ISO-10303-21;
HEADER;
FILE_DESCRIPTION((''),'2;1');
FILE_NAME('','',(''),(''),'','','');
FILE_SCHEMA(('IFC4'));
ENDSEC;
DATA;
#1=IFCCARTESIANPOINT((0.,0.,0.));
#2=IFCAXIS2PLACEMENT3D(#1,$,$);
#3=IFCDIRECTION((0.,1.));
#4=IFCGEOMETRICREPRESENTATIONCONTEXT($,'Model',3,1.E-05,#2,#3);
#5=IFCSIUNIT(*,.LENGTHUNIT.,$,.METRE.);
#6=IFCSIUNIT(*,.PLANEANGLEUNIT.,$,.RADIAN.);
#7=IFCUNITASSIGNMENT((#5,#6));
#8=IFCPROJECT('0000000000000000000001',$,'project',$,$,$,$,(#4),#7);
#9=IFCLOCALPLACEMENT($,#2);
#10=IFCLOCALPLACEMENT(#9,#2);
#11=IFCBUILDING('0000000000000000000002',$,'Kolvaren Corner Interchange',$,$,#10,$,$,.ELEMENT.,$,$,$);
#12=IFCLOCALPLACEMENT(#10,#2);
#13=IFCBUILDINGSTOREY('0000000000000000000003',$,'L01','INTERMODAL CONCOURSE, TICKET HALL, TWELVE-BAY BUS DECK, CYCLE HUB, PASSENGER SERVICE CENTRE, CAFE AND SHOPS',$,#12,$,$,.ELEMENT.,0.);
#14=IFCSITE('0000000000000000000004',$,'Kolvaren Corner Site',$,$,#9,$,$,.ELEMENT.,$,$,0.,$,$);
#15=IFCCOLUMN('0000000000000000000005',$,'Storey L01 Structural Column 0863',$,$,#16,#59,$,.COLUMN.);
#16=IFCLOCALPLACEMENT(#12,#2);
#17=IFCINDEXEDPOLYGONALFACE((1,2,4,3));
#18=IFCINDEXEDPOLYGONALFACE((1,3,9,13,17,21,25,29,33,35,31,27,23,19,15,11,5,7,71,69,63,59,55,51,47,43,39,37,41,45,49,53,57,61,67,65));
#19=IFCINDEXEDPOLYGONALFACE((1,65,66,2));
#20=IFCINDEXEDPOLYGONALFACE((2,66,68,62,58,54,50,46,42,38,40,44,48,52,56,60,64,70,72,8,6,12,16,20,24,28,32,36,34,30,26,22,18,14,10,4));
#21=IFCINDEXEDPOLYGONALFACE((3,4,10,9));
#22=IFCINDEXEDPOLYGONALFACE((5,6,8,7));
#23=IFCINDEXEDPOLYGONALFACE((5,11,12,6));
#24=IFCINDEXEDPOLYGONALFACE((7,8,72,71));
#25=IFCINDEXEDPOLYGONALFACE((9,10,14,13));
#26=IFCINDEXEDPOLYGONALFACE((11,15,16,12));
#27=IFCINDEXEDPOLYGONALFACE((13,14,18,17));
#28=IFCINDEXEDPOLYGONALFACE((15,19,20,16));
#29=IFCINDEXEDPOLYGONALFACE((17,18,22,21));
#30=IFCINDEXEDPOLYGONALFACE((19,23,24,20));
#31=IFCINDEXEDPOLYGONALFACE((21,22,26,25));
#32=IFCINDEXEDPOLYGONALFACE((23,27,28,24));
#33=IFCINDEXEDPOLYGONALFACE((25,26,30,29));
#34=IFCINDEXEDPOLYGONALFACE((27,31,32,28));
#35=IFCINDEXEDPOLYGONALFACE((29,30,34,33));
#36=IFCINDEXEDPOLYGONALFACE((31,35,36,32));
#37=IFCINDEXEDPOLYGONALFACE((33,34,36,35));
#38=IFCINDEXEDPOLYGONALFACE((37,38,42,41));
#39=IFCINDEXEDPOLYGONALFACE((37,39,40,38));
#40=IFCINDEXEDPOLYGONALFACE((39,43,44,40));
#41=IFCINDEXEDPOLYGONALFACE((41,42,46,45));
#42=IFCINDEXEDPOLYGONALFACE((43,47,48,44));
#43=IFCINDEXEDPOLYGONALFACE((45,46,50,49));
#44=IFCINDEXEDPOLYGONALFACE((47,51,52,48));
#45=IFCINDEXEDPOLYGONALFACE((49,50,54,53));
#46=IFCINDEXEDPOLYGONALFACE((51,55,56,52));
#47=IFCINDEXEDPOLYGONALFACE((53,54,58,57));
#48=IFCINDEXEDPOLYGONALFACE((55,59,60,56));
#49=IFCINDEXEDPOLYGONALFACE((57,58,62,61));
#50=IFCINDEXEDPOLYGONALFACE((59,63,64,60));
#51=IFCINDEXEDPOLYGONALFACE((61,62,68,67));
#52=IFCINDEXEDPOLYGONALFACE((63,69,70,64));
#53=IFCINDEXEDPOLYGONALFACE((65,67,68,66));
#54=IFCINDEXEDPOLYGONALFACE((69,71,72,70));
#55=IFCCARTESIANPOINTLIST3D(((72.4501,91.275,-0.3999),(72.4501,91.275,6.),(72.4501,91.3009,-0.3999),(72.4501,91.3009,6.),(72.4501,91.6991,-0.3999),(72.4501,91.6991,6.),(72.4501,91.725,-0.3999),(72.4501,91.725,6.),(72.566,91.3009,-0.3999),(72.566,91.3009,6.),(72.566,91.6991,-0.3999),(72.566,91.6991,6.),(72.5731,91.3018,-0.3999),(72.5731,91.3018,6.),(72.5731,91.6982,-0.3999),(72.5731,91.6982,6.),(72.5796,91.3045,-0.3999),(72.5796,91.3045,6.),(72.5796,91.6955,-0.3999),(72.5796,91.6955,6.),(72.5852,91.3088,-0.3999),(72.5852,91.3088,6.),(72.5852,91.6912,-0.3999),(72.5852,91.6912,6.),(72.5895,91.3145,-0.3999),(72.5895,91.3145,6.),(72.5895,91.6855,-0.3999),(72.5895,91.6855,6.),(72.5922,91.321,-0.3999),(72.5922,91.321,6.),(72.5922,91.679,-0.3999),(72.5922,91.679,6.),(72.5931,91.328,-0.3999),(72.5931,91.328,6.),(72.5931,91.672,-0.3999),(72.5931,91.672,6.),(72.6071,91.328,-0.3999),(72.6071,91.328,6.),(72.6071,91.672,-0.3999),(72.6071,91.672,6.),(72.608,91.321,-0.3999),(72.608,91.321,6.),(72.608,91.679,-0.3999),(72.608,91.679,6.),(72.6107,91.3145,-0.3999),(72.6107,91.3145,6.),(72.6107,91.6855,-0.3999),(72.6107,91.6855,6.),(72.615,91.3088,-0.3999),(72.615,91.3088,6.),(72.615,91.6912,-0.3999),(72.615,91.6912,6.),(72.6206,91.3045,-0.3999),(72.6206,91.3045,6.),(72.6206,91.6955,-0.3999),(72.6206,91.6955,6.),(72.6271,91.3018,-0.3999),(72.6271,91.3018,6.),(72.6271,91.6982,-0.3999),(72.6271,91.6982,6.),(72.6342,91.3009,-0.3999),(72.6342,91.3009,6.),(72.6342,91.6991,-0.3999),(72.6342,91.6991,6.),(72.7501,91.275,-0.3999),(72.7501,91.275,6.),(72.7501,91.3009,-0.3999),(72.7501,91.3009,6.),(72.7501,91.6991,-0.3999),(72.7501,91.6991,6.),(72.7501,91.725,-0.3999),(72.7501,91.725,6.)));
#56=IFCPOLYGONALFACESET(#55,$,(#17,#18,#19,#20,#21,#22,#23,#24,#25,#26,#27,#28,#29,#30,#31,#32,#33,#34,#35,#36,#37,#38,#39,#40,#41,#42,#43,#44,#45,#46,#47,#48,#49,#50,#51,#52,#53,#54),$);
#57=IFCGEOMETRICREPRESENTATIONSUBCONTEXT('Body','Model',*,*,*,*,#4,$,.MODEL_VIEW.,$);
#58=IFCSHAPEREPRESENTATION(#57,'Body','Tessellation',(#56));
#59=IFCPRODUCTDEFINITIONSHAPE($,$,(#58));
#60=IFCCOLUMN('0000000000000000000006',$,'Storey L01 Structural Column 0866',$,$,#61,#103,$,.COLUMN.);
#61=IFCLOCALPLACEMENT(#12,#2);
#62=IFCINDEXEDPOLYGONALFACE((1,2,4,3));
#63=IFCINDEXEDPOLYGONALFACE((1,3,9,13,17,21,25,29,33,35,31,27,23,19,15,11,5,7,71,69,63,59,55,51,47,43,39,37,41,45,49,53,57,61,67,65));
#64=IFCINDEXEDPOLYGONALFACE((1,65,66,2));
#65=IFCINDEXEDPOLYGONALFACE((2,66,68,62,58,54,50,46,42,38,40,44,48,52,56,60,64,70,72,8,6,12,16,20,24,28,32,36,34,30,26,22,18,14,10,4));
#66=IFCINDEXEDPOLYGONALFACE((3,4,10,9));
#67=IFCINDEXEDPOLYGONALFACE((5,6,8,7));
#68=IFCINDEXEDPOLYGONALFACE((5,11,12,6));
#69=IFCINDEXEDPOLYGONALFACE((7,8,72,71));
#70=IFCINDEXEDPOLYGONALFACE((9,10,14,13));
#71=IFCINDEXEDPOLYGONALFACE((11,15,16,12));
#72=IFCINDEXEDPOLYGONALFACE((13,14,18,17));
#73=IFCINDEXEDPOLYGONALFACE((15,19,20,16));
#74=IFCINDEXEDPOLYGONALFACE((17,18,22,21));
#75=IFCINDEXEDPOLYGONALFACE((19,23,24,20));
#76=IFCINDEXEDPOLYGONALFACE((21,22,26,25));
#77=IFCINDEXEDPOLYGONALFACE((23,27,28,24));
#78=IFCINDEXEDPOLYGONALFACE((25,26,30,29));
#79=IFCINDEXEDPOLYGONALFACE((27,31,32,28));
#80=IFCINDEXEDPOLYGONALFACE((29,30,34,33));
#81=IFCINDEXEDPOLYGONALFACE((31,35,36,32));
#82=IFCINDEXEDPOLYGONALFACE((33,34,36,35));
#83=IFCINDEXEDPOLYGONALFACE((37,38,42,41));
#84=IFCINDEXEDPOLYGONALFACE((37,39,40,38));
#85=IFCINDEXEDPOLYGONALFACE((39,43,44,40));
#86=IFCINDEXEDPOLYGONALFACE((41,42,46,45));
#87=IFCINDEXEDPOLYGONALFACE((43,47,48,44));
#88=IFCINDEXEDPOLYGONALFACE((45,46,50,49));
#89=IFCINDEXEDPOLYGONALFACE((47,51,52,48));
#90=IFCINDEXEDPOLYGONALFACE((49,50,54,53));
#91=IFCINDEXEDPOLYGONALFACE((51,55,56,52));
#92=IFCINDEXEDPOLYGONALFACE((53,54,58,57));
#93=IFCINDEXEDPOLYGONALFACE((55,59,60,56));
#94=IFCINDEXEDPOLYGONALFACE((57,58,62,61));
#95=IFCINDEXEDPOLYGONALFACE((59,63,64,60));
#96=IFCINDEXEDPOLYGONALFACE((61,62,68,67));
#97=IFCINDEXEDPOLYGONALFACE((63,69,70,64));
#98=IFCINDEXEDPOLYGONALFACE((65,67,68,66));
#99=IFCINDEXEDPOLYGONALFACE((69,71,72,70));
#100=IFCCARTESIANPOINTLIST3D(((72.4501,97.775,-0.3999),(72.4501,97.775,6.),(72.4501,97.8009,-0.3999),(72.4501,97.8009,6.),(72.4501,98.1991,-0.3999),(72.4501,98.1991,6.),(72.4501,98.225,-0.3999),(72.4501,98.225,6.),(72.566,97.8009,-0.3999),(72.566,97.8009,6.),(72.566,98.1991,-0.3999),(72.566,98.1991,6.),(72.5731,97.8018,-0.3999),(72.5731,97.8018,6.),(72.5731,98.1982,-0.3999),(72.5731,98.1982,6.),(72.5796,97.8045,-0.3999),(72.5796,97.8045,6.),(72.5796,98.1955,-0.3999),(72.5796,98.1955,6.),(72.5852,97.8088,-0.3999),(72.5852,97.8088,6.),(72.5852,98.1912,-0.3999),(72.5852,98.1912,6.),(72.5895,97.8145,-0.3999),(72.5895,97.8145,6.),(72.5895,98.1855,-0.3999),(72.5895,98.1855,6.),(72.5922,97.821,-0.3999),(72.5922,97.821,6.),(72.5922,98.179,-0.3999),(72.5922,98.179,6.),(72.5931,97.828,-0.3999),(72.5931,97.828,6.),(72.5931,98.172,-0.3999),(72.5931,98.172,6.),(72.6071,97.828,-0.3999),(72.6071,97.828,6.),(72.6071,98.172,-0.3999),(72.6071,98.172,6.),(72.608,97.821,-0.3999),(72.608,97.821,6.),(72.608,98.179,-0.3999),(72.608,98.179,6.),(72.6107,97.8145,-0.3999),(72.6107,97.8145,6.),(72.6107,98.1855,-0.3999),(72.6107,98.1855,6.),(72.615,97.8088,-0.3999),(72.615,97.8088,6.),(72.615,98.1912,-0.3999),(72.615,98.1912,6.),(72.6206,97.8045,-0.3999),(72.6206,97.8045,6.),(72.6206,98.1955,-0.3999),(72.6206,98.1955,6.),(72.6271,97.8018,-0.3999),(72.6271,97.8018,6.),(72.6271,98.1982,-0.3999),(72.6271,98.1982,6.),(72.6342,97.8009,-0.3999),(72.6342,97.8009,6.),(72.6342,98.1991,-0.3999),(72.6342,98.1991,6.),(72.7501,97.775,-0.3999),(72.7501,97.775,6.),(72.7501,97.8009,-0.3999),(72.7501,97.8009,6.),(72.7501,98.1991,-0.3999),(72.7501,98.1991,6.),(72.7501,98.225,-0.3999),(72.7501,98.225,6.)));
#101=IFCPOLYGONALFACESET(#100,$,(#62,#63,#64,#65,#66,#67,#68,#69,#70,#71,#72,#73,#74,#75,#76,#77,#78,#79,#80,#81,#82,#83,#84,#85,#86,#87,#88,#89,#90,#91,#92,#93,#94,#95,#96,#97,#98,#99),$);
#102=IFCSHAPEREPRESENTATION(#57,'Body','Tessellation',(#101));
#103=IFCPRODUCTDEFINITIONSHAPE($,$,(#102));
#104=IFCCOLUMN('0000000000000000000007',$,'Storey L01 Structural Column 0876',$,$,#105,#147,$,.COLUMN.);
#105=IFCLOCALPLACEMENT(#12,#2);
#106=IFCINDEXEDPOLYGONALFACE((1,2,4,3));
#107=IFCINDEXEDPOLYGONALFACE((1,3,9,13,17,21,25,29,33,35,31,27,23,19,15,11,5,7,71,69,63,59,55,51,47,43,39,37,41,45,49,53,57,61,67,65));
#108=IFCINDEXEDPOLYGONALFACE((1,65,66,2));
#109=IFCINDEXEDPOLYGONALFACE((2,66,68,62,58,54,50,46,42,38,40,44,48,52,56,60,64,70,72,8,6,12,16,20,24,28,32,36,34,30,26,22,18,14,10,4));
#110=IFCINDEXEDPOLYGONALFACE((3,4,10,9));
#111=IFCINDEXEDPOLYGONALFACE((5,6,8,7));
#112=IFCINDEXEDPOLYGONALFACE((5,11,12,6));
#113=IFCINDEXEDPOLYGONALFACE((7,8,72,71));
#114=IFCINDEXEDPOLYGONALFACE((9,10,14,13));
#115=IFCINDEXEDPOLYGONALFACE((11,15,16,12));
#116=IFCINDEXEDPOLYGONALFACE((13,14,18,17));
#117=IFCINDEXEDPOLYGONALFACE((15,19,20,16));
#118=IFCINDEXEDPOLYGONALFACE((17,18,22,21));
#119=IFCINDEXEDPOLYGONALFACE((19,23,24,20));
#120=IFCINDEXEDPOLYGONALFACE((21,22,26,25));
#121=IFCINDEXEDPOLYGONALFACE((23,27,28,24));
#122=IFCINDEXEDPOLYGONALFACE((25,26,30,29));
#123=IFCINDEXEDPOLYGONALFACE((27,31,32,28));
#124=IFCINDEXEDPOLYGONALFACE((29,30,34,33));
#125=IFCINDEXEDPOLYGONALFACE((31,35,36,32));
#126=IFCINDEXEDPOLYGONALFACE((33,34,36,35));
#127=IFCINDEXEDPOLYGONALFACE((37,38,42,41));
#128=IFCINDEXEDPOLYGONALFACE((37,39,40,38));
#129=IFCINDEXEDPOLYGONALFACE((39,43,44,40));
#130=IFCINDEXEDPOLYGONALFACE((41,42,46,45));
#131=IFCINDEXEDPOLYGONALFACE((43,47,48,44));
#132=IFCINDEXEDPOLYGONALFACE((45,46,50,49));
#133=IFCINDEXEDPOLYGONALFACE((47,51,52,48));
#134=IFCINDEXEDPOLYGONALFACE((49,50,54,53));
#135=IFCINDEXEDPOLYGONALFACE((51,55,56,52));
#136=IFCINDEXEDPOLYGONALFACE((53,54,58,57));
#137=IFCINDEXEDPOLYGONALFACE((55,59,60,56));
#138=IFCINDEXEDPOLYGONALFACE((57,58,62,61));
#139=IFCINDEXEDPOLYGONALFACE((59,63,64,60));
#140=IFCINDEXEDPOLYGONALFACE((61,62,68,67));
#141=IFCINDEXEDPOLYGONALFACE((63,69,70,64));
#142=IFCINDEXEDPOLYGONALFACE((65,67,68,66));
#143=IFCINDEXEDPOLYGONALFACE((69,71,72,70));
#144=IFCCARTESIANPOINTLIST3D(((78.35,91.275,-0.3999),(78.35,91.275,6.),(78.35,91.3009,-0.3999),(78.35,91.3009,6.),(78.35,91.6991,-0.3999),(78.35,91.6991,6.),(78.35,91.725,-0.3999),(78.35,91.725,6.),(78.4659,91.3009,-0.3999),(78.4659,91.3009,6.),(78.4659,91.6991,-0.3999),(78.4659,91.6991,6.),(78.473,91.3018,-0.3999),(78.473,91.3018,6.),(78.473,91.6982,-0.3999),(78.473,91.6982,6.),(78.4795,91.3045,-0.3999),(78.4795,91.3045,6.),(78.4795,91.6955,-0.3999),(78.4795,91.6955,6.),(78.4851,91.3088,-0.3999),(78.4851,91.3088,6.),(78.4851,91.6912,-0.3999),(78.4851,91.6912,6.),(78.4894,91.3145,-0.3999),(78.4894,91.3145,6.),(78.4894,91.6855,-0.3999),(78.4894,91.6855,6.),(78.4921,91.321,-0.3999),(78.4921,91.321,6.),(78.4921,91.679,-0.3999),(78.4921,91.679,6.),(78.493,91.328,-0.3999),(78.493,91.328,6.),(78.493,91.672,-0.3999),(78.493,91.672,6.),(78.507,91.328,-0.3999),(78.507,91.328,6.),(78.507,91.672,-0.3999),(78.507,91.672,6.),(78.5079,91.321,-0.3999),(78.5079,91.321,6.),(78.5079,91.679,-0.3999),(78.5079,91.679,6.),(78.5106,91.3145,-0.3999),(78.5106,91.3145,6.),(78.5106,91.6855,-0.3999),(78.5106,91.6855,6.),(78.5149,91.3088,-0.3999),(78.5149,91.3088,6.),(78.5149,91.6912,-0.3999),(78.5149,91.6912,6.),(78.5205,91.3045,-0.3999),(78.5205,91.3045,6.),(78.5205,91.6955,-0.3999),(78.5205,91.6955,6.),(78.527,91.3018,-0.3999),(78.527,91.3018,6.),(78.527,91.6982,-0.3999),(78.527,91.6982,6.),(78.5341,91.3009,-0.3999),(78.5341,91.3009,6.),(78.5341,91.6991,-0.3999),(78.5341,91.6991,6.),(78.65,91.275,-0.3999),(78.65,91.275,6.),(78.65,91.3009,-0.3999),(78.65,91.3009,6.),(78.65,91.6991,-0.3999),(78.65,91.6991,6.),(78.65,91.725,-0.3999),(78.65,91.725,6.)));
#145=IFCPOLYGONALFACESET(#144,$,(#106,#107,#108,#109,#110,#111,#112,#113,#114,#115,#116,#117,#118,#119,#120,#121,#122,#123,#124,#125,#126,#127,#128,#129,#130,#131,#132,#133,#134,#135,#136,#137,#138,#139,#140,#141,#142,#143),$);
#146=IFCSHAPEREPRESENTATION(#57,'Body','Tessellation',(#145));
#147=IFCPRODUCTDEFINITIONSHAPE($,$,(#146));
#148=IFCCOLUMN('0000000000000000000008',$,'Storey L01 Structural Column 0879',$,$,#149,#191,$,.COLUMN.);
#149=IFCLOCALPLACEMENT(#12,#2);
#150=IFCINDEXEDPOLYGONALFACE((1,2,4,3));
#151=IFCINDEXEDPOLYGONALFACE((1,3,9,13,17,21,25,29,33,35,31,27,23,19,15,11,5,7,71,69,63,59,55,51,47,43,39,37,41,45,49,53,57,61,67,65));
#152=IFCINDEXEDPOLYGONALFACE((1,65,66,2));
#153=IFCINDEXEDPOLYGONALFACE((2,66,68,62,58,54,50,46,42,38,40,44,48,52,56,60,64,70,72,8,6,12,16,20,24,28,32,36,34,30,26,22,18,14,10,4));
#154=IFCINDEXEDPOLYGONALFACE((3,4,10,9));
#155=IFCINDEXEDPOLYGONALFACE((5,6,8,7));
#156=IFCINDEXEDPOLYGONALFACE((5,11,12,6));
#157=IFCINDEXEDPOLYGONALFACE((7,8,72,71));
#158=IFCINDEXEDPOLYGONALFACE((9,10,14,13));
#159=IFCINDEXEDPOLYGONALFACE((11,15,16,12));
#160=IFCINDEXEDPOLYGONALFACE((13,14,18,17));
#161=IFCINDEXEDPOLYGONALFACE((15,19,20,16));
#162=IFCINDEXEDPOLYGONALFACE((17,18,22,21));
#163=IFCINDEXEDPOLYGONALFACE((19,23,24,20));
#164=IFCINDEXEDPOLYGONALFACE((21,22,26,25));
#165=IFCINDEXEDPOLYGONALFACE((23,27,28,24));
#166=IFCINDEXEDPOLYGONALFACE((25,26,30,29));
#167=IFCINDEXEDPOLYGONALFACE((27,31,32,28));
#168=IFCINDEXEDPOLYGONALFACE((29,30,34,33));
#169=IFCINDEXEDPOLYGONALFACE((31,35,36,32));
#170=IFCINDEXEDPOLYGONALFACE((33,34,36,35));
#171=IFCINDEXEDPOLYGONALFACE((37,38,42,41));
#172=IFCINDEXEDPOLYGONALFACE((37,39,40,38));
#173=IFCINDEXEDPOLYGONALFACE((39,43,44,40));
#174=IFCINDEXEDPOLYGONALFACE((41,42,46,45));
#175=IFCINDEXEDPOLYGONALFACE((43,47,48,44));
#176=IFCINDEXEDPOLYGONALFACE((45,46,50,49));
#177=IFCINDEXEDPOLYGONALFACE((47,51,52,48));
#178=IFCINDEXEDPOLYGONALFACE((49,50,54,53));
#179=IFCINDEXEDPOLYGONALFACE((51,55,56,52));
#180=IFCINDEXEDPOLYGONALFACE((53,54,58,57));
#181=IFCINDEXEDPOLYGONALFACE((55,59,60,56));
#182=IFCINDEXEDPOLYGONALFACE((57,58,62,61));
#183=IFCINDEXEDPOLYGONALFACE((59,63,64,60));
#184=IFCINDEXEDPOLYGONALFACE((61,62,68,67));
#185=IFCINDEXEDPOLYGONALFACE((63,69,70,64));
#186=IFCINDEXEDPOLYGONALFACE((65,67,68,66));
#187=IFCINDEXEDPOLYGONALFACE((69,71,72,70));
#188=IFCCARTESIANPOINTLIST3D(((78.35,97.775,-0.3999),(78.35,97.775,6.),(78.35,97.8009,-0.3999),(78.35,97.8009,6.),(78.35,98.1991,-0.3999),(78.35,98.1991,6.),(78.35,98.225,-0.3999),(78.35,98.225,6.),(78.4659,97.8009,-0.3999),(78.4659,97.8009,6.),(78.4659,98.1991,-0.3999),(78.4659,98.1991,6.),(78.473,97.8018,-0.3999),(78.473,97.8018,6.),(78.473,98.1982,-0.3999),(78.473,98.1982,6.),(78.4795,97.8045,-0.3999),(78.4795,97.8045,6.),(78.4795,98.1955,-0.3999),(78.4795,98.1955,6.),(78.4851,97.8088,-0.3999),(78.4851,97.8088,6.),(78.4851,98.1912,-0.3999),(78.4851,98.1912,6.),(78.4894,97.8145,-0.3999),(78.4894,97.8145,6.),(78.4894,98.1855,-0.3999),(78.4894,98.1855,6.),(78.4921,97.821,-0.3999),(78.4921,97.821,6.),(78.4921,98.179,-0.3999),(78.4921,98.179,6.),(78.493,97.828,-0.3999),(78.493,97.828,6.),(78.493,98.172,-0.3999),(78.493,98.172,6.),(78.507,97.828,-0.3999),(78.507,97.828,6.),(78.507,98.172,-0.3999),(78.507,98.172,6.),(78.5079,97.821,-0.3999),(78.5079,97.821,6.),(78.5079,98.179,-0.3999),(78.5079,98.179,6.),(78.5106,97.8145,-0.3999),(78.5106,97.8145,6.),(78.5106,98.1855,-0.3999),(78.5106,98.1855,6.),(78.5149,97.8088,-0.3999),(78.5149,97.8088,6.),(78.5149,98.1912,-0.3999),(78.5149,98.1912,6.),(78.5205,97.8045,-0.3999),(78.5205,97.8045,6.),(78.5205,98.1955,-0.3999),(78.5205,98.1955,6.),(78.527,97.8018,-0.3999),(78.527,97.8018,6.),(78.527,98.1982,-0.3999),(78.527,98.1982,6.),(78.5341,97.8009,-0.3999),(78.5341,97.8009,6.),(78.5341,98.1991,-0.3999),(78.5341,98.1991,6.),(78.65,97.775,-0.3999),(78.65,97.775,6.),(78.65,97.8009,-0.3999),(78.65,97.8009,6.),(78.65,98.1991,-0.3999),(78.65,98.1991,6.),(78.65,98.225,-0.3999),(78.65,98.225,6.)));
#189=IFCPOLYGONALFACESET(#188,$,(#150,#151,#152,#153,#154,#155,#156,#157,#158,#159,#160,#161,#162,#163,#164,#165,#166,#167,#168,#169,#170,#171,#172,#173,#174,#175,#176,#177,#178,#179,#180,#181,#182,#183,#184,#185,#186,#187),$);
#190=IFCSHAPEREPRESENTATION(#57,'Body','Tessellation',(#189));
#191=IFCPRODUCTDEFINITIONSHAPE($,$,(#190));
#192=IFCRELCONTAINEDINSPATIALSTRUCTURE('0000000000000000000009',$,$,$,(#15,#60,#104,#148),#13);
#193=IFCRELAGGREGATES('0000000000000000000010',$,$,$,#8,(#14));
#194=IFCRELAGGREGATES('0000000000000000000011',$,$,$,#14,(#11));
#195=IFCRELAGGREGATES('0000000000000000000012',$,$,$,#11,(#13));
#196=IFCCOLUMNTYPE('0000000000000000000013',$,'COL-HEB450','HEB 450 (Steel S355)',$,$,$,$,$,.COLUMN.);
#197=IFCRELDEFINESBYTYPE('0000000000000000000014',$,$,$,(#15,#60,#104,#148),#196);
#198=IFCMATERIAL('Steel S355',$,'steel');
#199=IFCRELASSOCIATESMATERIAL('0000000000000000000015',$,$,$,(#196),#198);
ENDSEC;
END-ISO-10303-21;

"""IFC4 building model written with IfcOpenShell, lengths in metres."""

from ifc_helpers import new_model, si_unit, direction, frame, origin, origin_2d, place, context, subcontext, project, spatial, i_section, extrude, material, material_profile, profile_set, type_object, element, save


model = new_model("IFC4")

# Units and contexts
model_context = context("Model", 3, precision=1e-05, world=origin(), true_north=direction((0.0, 1.0)))
body_context = subcontext(model_context, "Body", "Model", "MODEL_VIEW")
ifc_project = project(units=[si_unit("LENGTHUNIT", "METRE"), si_unit("PLANEANGLEUNIT", "RADIAN")], contexts=[model_context])

# Site, building, storey
site_placement = place(None, origin())
site = spatial("IfcSite", under=ifc_project, at=site_placement, Name="Kolvaren Corner Site", CompositionType="ELEMENT", RefElevation=0.0)
building_placement = place(site_placement, origin())
building = spatial("IfcBuilding", under=site, at=building_placement, Name="Kolvaren Corner Interchange", CompositionType="ELEMENT")
storey_placement = place(building_placement, origin())
storey = spatial("IfcBuildingStorey", under=building, at=storey_placement, Name="L01", Description="INTERMODAL CONCOURSE, TICKET HALL, TWELVE-BAY BUS DECK, CYCLE HUB, PASSENGER SERVICE CENTRE, CAFE AND SHOPS", CompositionType="ELEMENT", Elevation=0.0)

# Columns
ifc_material_1 = material(Name="Steel S355", Category="steel")
ifc_material_profile_1 = material_profile(ifc_material_1, i_section(OverallWidth=0.3, OverallDepth=0.45, WebThickness=0.0139, FlangeThickness=0.0259, FilletRadius=0.0271, at=origin_2d()), Name="HEB 450")
ifc_profile_set_1 = profile_set([ifc_material_profile_1], Name="Steel S355")
column_type = type_object("IfcColumnType", Name="COL-HEB450", Description="HEB 450 (Steel S355)", PredefinedType="COLUMN", material=ifc_profile_set_1)
for number, where, z_axis, x_axis, name in (
    (1, (72.6001, 91.5, -0.3999), (0.0, 0.0, 1.0), (1.0, 0.0, 0.0), "Storey L01 Structural Column 0863"),
    (2, (72.6001, 98.0, -0.3999), (0.0, 0.0, 1.0), (1.0, 0.0, 0.0), "Storey L01 Structural Column 0866"),
    (3, (78.5, 91.5, -0.3999), (0.0, 0.0, 1.0), (1.0, 0.0, 0.0), "Storey L01 Structural Column 0876"),
    (4, (78.5, 98.0, -0.3999), (0.0, 0.0, 1.0), (1.0, 0.0, 0.0), "Storey L01 Structural Column 0879"),
):
    element("IfcColumn", number, at=place(storey_placement, frame(where, z_axis=z_axis, x_axis=x_axis)), inside=storey, type_object=column_type, Name=name, PredefinedType="COLUMN", context=body_context, shape_type="SweptSolid", body=[
        extrude(i_section(OverallWidth=0.3, OverallDepth=0.45, WebThickness=0.0139, FlangeThickness=0.0259, FilletRadius=0.0271, at=origin_2d()), origin(), (0.0, 0.0, 1.0), 6.3999),
    ])

save(model, "model.ifc")
